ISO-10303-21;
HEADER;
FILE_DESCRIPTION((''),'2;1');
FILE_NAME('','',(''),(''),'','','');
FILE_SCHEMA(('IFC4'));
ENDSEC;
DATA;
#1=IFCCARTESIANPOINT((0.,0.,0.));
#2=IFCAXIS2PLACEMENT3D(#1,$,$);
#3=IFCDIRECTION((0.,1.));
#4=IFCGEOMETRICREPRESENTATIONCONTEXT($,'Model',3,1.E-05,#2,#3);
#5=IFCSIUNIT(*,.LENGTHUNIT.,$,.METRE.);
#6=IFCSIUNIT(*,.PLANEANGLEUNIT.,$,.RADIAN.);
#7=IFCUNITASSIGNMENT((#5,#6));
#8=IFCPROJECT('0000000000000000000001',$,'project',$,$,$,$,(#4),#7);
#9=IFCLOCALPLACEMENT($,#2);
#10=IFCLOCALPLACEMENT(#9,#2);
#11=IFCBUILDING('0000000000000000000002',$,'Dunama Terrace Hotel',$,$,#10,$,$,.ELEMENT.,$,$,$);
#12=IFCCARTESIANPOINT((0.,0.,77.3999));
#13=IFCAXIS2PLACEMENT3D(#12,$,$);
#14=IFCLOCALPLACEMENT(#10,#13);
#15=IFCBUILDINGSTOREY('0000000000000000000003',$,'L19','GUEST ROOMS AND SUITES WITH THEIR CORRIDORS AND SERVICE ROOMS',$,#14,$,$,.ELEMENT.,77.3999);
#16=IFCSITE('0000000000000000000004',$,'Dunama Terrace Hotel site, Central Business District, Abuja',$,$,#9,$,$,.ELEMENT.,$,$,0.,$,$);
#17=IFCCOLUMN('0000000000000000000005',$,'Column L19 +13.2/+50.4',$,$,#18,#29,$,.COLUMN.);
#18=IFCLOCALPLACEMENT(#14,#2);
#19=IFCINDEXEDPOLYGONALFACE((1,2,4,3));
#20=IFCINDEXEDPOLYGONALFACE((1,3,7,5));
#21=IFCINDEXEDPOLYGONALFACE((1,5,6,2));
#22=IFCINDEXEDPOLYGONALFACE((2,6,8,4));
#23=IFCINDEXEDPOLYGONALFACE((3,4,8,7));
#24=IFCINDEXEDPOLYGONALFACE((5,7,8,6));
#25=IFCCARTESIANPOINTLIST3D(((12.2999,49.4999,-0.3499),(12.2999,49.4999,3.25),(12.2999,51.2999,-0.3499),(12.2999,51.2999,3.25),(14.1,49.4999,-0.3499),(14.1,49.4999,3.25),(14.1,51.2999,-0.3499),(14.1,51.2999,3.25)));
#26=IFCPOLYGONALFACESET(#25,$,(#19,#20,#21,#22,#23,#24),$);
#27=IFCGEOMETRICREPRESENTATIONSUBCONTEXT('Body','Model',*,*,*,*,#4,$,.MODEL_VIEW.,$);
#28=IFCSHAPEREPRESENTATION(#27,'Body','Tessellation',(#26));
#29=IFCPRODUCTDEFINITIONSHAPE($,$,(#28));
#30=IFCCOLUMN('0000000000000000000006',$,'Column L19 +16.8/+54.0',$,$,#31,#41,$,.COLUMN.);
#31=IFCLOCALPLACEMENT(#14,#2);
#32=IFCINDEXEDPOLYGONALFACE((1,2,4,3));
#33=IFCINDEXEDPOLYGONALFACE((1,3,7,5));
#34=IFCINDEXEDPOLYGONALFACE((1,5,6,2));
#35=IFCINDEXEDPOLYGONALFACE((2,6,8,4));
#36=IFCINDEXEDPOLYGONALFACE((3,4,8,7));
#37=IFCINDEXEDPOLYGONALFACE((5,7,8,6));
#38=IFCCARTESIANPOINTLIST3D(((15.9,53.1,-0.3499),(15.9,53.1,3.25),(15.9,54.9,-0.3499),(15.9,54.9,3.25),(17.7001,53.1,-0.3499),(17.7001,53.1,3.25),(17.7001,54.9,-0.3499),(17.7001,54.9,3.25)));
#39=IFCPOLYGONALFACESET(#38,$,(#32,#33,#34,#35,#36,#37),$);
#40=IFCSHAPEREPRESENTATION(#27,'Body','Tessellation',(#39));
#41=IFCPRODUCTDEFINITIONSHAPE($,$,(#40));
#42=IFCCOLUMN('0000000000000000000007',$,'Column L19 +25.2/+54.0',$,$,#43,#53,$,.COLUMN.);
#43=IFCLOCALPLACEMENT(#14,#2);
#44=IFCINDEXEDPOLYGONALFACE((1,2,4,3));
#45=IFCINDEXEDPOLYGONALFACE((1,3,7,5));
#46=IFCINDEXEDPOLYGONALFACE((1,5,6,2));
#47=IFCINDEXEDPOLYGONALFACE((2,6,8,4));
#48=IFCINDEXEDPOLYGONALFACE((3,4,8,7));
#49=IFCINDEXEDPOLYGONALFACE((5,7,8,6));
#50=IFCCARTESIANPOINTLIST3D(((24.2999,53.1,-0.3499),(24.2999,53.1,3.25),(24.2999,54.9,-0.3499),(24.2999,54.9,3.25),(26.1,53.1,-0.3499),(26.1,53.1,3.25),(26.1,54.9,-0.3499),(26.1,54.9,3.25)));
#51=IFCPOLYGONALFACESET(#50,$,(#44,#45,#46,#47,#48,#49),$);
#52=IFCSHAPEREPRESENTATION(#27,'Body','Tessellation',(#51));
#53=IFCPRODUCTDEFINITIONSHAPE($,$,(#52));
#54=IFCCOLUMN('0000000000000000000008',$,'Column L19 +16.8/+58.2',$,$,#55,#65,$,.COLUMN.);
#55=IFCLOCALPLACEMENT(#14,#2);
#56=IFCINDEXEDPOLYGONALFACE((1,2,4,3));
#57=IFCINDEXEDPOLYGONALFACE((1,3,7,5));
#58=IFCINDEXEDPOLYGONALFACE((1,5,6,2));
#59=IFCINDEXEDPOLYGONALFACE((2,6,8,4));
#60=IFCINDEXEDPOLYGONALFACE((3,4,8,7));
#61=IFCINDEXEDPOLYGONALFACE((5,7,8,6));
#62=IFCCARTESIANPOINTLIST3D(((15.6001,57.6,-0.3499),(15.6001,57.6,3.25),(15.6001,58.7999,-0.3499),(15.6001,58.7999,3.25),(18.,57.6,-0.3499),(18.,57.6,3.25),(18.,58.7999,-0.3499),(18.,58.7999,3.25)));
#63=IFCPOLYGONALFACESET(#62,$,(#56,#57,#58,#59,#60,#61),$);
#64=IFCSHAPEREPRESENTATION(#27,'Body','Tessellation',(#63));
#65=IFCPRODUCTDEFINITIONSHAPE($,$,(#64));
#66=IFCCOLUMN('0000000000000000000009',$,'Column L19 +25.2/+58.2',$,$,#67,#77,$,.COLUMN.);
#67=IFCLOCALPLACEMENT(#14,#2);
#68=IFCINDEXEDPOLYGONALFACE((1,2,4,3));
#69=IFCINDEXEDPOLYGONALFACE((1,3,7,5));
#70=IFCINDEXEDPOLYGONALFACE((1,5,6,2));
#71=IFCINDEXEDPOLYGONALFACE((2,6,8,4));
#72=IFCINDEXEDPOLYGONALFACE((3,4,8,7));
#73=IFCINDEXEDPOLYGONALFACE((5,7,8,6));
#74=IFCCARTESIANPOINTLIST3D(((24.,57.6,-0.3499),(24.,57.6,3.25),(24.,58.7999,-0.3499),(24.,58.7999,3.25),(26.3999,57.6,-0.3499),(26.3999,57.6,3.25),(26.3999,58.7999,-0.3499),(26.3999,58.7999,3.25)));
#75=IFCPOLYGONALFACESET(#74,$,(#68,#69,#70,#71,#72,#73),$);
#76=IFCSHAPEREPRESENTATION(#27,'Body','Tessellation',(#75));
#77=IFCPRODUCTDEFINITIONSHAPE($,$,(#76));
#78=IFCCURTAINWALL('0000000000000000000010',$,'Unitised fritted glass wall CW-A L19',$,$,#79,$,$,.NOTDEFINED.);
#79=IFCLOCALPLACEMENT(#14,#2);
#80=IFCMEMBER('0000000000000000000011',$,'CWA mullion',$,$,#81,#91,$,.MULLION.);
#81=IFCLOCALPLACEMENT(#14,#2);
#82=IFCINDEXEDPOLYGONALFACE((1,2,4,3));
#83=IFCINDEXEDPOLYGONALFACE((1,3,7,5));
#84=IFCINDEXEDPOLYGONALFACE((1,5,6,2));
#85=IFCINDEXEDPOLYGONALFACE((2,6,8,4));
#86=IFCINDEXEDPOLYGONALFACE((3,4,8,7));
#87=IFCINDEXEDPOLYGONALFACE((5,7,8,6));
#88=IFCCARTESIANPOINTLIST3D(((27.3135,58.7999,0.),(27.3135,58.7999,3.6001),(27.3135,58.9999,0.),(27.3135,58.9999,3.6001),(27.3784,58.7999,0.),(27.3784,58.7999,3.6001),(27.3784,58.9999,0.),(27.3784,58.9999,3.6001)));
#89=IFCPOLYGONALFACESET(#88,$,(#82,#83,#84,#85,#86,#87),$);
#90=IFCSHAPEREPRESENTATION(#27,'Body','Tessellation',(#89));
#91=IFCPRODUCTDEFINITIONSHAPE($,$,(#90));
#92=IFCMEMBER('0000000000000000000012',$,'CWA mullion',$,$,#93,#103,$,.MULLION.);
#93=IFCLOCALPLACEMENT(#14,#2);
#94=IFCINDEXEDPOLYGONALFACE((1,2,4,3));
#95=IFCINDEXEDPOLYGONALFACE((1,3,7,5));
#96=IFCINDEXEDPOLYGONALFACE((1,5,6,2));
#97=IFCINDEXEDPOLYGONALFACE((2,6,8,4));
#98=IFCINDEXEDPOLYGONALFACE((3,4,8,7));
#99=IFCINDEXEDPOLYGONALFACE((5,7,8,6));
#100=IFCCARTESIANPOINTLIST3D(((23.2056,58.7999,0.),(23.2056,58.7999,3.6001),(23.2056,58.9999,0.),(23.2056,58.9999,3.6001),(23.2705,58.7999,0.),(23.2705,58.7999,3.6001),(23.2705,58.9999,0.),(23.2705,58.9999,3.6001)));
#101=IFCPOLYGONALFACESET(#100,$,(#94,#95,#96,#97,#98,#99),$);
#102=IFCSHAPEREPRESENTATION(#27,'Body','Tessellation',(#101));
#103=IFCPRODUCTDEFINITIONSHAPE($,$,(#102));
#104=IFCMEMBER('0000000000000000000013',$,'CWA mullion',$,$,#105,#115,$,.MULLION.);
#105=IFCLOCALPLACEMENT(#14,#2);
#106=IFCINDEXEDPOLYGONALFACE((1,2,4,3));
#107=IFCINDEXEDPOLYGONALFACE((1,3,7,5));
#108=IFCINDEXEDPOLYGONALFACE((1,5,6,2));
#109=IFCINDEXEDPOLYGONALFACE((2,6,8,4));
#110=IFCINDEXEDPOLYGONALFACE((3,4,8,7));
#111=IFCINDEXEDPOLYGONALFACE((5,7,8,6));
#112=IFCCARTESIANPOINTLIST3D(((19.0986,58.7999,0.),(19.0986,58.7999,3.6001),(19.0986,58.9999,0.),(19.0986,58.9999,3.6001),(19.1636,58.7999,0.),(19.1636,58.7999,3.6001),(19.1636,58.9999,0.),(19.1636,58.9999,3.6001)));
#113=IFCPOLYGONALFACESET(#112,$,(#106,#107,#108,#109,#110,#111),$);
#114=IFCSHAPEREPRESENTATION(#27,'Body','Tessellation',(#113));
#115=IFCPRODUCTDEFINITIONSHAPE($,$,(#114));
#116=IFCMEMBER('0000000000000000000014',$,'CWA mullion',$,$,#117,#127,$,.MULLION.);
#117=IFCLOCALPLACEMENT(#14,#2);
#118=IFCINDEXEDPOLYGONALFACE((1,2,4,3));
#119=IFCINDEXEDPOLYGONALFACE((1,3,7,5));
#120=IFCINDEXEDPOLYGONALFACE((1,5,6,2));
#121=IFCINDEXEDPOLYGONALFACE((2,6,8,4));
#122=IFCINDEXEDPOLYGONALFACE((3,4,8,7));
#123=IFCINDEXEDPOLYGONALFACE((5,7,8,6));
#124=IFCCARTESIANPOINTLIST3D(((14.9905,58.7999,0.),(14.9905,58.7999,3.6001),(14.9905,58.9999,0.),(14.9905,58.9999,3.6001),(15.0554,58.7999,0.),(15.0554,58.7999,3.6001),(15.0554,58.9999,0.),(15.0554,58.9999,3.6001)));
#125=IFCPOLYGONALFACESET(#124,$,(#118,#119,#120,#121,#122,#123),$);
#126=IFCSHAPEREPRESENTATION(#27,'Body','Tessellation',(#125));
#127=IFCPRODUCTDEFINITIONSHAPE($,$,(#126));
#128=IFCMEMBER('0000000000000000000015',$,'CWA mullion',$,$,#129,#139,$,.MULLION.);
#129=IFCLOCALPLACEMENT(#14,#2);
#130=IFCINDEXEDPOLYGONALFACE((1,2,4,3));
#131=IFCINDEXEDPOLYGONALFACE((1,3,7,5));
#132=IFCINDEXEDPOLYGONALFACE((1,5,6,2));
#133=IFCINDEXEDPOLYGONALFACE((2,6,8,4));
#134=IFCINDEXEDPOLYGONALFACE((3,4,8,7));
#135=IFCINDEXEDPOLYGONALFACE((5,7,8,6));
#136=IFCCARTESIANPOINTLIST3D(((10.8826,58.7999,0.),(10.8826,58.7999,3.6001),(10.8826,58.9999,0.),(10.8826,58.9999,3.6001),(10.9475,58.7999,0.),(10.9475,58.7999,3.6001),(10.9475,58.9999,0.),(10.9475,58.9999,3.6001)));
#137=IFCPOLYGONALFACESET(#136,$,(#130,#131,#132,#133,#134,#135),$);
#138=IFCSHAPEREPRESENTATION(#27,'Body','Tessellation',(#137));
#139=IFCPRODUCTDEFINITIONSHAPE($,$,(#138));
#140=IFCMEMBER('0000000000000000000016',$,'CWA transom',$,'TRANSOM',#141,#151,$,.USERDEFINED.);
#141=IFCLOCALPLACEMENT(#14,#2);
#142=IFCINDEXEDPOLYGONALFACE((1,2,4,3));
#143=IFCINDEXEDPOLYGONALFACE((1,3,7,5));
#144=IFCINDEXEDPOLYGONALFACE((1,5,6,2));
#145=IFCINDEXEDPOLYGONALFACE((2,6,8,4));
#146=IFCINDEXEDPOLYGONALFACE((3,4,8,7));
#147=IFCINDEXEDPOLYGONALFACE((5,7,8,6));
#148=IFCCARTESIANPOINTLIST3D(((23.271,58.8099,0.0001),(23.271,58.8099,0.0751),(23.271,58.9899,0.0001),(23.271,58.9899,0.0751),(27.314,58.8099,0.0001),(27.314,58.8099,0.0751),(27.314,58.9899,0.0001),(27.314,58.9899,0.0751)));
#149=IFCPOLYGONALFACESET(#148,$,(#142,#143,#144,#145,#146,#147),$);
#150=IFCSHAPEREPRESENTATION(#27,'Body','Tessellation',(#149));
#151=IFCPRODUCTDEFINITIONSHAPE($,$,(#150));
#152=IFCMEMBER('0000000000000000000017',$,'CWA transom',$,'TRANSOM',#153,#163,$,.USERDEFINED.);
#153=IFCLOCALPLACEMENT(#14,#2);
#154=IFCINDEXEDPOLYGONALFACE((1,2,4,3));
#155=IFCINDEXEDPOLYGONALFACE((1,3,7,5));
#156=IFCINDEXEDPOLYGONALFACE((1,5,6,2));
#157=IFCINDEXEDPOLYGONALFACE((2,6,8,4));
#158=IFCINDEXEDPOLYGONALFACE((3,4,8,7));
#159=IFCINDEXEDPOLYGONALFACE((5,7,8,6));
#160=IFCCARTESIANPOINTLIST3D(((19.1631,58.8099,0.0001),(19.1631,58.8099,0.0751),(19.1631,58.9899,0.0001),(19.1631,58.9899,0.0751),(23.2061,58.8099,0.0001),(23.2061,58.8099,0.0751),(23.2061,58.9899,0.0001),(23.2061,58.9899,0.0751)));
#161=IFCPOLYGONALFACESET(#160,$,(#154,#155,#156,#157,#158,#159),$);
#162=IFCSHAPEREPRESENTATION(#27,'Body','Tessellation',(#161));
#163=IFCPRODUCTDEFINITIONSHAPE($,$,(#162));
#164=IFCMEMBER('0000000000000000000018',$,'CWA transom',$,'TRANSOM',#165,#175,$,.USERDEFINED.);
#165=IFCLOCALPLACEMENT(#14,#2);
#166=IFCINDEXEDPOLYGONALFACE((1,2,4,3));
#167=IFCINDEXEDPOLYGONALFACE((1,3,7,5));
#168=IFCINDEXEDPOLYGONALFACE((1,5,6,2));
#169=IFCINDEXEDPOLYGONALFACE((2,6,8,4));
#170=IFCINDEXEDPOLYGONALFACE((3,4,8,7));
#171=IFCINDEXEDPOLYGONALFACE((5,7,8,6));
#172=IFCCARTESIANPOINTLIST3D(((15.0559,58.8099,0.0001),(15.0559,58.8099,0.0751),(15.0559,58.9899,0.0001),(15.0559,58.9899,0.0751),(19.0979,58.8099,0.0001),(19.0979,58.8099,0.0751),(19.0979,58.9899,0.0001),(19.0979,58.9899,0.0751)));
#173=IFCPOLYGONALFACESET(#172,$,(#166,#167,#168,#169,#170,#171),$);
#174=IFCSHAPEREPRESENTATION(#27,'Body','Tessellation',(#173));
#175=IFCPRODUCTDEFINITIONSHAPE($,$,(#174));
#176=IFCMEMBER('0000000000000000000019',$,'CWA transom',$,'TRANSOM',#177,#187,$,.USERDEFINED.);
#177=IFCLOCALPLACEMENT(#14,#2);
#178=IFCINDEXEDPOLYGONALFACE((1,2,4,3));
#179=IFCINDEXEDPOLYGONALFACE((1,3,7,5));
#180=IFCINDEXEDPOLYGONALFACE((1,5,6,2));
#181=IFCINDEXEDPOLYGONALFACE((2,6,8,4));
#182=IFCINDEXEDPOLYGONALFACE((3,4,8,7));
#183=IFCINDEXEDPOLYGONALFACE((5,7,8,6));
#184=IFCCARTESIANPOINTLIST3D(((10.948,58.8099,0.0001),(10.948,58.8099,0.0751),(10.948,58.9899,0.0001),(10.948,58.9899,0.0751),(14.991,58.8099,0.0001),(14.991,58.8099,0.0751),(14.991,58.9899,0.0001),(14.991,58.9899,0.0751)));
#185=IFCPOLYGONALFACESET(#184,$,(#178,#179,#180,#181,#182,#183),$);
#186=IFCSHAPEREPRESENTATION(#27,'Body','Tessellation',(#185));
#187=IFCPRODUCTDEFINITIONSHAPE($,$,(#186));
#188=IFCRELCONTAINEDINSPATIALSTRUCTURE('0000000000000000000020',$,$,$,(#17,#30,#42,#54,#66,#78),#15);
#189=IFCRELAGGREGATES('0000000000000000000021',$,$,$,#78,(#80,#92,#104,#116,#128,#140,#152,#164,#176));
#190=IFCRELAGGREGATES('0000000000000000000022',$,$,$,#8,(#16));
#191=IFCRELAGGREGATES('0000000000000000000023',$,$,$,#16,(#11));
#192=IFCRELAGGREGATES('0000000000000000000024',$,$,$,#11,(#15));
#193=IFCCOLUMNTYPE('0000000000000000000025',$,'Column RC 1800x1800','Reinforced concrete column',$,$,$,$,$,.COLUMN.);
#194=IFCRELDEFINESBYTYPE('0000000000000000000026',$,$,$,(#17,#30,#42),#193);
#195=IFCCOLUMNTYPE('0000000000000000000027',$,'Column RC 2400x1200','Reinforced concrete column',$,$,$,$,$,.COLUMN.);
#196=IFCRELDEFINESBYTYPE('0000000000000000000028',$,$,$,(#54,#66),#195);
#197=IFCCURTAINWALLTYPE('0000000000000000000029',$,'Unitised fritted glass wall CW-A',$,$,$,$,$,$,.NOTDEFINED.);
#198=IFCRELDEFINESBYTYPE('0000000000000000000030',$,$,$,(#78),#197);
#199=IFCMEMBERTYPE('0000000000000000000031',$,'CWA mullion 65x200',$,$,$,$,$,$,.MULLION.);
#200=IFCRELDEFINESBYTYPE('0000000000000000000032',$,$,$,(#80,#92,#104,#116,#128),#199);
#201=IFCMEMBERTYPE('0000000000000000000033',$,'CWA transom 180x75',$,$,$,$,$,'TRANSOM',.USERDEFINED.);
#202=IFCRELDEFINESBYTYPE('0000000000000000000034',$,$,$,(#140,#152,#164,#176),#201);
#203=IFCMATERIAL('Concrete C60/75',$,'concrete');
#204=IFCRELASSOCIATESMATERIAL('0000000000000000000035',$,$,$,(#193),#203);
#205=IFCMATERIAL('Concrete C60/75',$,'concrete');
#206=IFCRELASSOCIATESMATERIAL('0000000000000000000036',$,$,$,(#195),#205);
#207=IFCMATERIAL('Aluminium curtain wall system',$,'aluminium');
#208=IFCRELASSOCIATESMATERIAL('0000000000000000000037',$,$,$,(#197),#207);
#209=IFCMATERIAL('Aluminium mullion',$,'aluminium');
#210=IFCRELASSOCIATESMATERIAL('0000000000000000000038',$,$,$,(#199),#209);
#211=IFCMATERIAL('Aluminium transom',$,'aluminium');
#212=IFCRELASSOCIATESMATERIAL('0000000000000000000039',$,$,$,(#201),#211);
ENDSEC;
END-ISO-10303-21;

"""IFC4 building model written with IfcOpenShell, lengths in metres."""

from ifc_helpers import new_model, si_unit, direction, frame, origin, origin_2d, place, context, subcontext, project, spatial, rectangle, extrude, material, material_profile, profile_set, type_object, element, aggregate, save


model = new_model("IFC4")

# Units and contexts
model_context = context("Model", 3, precision=1e-05, world=origin(), true_north=direction((0.0, 1.0)))
body_context = subcontext(model_context, "Body", "Model", "MODEL_VIEW")
ifc_project = project(units=[si_unit("LENGTHUNIT", "METRE"), si_unit("PLANEANGLEUNIT", "RADIAN")], contexts=[model_context])

# Site, building, storey
site_placement = place(None, origin())
site = spatial("IfcSite", under=ifc_project, at=site_placement, Name="Dunama Terrace Hotel site, Central Business District, Abuja", CompositionType="ELEMENT", RefElevation=0.0)
building_placement = place(site_placement, origin())
building = spatial("IfcBuilding", under=site, at=building_placement, Name="Dunama Terrace Hotel", CompositionType="ELEMENT")
storey_placement = place(building_placement, frame((0.0, 0.0, 77.3999)))
storey = spatial("IfcBuildingStorey", under=building, at=storey_placement, Name="L19", Description="GUEST ROOMS AND SUITES WITH THEIR CORRIDORS AND SERVICE ROOMS", CompositionType="ELEMENT", Elevation=77.3999)

# Columns
ifc_material_1 = material(Name="Concrete C60/75", Category="concrete")
ifc_material_profile_1 = material_profile(ifc_material_1, rectangle(XDim=1.8, YDim=1.8, at=origin_2d()), Name="RC 1800x1800")
ifc_profile_set_1 = profile_set([ifc_material_profile_1], Name="Concrete C60/75")
column_type_1 = type_object("IfcColumnType", Name="Column RC 1800x1800", Description="Reinforced concrete column", PredefinedType="COLUMN", material=ifc_profile_set_1)
for number, where, z_axis, x_axis, name in (
    (1, (13.2, 50.3999, -0.3499), (0.0, 0.0, 1.0), (1.0, 0.0, 0.0), "Column L19 +13.2/+50.4"),
    (2, (16.8, 54.0, -0.3499), (0.0, 0.0, 1.0), (1.0, 0.0, 0.0), "Column L19 +16.8/+54.0"),
    (3, (25.2, 54.0, -0.3499), (0.0, 0.0, 1.0), (1.0, 0.0, 0.0), "Column L19 +25.2/+54.0"),
):
    element("IfcColumn", number, at=place(storey_placement, frame(where, z_axis=z_axis, x_axis=x_axis)), inside=storey, type_object=column_type_1, Name=name, PredefinedType="COLUMN", context=body_context, shape_type="SweptSolid", body=[
        extrude(rectangle(XDim=1.8, YDim=1.8, at=origin_2d()), origin(), (0.0, 0.0, 1.0), 3.5999),
    ])
ifc_material_2 = material(Name="Concrete C60/75", Category="concrete")
ifc_material_profile_2 = material_profile(ifc_material_2, rectangle(XDim=2.3999, YDim=1.2, at=origin_2d()), Name="RC 2400x1200")
ifc_profile_set_2 = profile_set([ifc_material_profile_2], Name="Concrete C60/75")
column_type_2 = type_object("IfcColumnType", Name="Column RC 2400x1200", Description="Reinforced concrete column", PredefinedType="COLUMN", material=ifc_profile_set_2)
for number, where, z_axis, x_axis, name in (
    (4, (16.8, 58.2, -0.3499), (0.0, 0.0, 1.0), (1.0, 0.0, 0.0), "Column L19 +16.8/+58.2"),
    (5, (25.2, 58.2, -0.3499), (0.0, 0.0, 1.0), (1.0, 0.0, 0.0), "Column L19 +25.2/+58.2"),
):
    element("IfcColumn", number, at=place(storey_placement, frame(where, z_axis=z_axis, x_axis=x_axis)), inside=storey, type_object=column_type_2, Name=name, PredefinedType="COLUMN", context=body_context, shape_type="SweptSolid", body=[
        extrude(rectangle(XDim=2.3999, YDim=1.2, at=origin_2d()), origin(), (0.0, 0.0, 1.0), 3.5999),
    ])

# Curtain wall, members
ifc_material_3 = material(Name="Aluminium curtain wall system", Category="aluminium")
curtain_wall_type = type_object("IfcCurtainWallType", Name="Unitised fritted glass wall CW-A", PredefinedType="NOTDEFINED", material=ifc_material_3)
curtain_wall_placement = place(storey_placement, origin())
curtain_wall = element("IfcCurtainWall", 6, at=curtain_wall_placement, inside=storey, type_object=curtain_wall_type, Name="Unitised fritted glass wall CW-A L19", PredefinedType="NOTDEFINED")
ifc_material_4 = material(Name="Aluminium mullion", Category="aluminium")
ifc_material_profile_3 = material_profile(ifc_material_4, rectangle(XDim=0.0649, YDim=0.2, at=origin_2d()), Name="CWA MULLION 65X200")
ifc_profile_set_3 = profile_set([ifc_material_profile_3], Name="Aluminium mullion")
member_type_1 = type_object("IfcMemberType", Name="CWA mullion 65x200", PredefinedType="MULLION", material=ifc_profile_set_3)
member_1_placement = place(storey_placement, frame((27.3459, 58.8999, 0.0), z_axis=(0.0, 0.0, 1.0), x_axis=(-1.0, 0.0, 0.0)))
member_1 = element("IfcMember", 7, at=member_1_placement, type_object=member_type_1, Name="CWA mullion", PredefinedType="MULLION", context=body_context, shape_type="SweptSolid", body=[
    extrude(rectangle(XDim=0.0649, YDim=0.2, at=origin_2d()), origin(), (0.0, 0.0, 1.0), 3.6001),
])
member_2_placement = place(storey_placement, frame((23.238, 58.8999, 0.0), z_axis=(0.0, 0.0, 1.0), x_axis=(-1.0, 0.0, 0.0)))
member_2 = element("IfcMember", 8, at=member_2_placement, type_object=member_type_1, Name="CWA mullion", PredefinedType="MULLION", context=body_context, shape_type="SweptSolid", body=[
    extrude(rectangle(XDim=0.0649, YDim=0.2, at=origin_2d()), origin(), (0.0, 0.0, 1.0), 3.6001),
])
member_3_placement = place(storey_placement, frame((19.1311, 58.8999, 0.0), z_axis=(0.0, 0.0, 1.0), x_axis=(-1.0, 0.0, 0.0)))
member_3 = element("IfcMember", 9, at=member_3_placement, type_object=member_type_1, Name="CWA mullion", PredefinedType="MULLION", context=body_context, shape_type="SweptSolid", body=[
    extrude(rectangle(XDim=0.0649, YDim=0.2, at=origin_2d()), origin(), (0.0, 0.0, 1.0), 3.6001),
])
member_4_placement = place(storey_placement, frame((15.0229, 58.8999, 0.0), z_axis=(0.0, 0.0, 1.0), x_axis=(-1.0, 0.0, 0.0)))
member_4 = element("IfcMember", 10, at=member_4_placement, type_object=member_type_1, Name="CWA mullion", PredefinedType="MULLION", context=body_context, shape_type="SweptSolid", body=[
    extrude(rectangle(XDim=0.0649, YDim=0.2, at=origin_2d()), origin(), (0.0, 0.0, 1.0), 3.6001),
])
member_5_placement = place(storey_placement, frame((10.915, 58.8999, 0.0), z_axis=(0.0, 0.0, 1.0), x_axis=(-1.0, 0.0, 0.0)))
member_5 = element("IfcMember", 11, at=member_5_placement, type_object=member_type_1, Name="CWA mullion", PredefinedType="MULLION", context=body_context, shape_type="SweptSolid", body=[
    extrude(rectangle(XDim=0.0649, YDim=0.2, at=origin_2d()), origin(), (0.0, 0.0, 1.0), 3.6001),
])
ifc_material_5 = material(Name="Aluminium transom", Category="aluminium")
ifc_material_profile_4 = material_profile(ifc_material_5, rectangle(XDim=0.1799, YDim=0.075, at=origin_2d()), Name="CWA TRANSOM 180X75")
ifc_profile_set_4 = profile_set([ifc_material_profile_4], Name="Aluminium transom")
member_type_2 = type_object("IfcMemberType", Name="CWA transom 180x75", ElementType="TRANSOM", PredefinedType="USERDEFINED", material=ifc_profile_set_4)
member_6_placement = place(storey_placement, frame((27.314, 58.8999, 0.0376), z_axis=(-1.0, 0.0, 0.0), x_axis=(0.0, -1.0, 0.0)))
member_6 = element("IfcMember", 12, at=member_6_placement, type_object=member_type_2, Name="CWA transom", ObjectType="TRANSOM", PredefinedType="USERDEFINED", context=body_context, shape_type="SweptSolid", body=[
    extrude(rectangle(XDim=0.1799, YDim=0.075, at=origin_2d()), origin(), (0.0, 0.0, 1.0), 4.043),
])
member_7_placement = place(storey_placement, frame((23.2061, 58.8999, 0.0376), z_axis=(-1.0, 0.0, 0.0), x_axis=(0.0, -1.0, 0.0)))
member_7 = element("IfcMember", 13, at=member_7_placement, type_object=member_type_2, Name="CWA transom", ObjectType="TRANSOM", PredefinedType="USERDEFINED", context=body_context, shape_type="SweptSolid", body=[
    extrude(rectangle(XDim=0.1799, YDim=0.075, at=origin_2d()), origin(), (0.0, 0.0, 1.0), 4.043),
])
member_8_placement = place(storey_placement, frame((19.0979, 58.8999, 0.0376), z_axis=(-1.0, 0.0, 0.0), x_axis=(0.0, -1.0, 0.0)))
member_8 = element("IfcMember", 14, at=member_8_placement, type_object=member_type_2, Name="CWA transom", ObjectType="TRANSOM", PredefinedType="USERDEFINED", context=body_context, shape_type="SweptSolid", body=[
    extrude(rectangle(XDim=0.1799, YDim=0.075, at=origin_2d()), origin(), (0.0, 0.0, 1.0), 4.042),
])
member_9_placement = place(storey_placement, frame((14.991, 58.8999, 0.0376), z_axis=(-1.0, 0.0, 0.0), x_axis=(0.0, -1.0, 0.0)))
member_9 = element("IfcMember", 15, at=member_9_placement, type_object=member_type_2, Name="CWA transom", ObjectType="TRANSOM", PredefinedType="USERDEFINED", context=body_context, shape_type="SweptSolid", body=[
    extrude(rectangle(XDim=0.1799, YDim=0.075, at=origin_2d()), origin(), (0.0, 0.0, 1.0), 4.043),
])

aggregate(curtain_wall, [member_1, member_2, member_3, member_4, member_5, member_6, member_7, member_8, member_9])

save(model, "model.ifc")
